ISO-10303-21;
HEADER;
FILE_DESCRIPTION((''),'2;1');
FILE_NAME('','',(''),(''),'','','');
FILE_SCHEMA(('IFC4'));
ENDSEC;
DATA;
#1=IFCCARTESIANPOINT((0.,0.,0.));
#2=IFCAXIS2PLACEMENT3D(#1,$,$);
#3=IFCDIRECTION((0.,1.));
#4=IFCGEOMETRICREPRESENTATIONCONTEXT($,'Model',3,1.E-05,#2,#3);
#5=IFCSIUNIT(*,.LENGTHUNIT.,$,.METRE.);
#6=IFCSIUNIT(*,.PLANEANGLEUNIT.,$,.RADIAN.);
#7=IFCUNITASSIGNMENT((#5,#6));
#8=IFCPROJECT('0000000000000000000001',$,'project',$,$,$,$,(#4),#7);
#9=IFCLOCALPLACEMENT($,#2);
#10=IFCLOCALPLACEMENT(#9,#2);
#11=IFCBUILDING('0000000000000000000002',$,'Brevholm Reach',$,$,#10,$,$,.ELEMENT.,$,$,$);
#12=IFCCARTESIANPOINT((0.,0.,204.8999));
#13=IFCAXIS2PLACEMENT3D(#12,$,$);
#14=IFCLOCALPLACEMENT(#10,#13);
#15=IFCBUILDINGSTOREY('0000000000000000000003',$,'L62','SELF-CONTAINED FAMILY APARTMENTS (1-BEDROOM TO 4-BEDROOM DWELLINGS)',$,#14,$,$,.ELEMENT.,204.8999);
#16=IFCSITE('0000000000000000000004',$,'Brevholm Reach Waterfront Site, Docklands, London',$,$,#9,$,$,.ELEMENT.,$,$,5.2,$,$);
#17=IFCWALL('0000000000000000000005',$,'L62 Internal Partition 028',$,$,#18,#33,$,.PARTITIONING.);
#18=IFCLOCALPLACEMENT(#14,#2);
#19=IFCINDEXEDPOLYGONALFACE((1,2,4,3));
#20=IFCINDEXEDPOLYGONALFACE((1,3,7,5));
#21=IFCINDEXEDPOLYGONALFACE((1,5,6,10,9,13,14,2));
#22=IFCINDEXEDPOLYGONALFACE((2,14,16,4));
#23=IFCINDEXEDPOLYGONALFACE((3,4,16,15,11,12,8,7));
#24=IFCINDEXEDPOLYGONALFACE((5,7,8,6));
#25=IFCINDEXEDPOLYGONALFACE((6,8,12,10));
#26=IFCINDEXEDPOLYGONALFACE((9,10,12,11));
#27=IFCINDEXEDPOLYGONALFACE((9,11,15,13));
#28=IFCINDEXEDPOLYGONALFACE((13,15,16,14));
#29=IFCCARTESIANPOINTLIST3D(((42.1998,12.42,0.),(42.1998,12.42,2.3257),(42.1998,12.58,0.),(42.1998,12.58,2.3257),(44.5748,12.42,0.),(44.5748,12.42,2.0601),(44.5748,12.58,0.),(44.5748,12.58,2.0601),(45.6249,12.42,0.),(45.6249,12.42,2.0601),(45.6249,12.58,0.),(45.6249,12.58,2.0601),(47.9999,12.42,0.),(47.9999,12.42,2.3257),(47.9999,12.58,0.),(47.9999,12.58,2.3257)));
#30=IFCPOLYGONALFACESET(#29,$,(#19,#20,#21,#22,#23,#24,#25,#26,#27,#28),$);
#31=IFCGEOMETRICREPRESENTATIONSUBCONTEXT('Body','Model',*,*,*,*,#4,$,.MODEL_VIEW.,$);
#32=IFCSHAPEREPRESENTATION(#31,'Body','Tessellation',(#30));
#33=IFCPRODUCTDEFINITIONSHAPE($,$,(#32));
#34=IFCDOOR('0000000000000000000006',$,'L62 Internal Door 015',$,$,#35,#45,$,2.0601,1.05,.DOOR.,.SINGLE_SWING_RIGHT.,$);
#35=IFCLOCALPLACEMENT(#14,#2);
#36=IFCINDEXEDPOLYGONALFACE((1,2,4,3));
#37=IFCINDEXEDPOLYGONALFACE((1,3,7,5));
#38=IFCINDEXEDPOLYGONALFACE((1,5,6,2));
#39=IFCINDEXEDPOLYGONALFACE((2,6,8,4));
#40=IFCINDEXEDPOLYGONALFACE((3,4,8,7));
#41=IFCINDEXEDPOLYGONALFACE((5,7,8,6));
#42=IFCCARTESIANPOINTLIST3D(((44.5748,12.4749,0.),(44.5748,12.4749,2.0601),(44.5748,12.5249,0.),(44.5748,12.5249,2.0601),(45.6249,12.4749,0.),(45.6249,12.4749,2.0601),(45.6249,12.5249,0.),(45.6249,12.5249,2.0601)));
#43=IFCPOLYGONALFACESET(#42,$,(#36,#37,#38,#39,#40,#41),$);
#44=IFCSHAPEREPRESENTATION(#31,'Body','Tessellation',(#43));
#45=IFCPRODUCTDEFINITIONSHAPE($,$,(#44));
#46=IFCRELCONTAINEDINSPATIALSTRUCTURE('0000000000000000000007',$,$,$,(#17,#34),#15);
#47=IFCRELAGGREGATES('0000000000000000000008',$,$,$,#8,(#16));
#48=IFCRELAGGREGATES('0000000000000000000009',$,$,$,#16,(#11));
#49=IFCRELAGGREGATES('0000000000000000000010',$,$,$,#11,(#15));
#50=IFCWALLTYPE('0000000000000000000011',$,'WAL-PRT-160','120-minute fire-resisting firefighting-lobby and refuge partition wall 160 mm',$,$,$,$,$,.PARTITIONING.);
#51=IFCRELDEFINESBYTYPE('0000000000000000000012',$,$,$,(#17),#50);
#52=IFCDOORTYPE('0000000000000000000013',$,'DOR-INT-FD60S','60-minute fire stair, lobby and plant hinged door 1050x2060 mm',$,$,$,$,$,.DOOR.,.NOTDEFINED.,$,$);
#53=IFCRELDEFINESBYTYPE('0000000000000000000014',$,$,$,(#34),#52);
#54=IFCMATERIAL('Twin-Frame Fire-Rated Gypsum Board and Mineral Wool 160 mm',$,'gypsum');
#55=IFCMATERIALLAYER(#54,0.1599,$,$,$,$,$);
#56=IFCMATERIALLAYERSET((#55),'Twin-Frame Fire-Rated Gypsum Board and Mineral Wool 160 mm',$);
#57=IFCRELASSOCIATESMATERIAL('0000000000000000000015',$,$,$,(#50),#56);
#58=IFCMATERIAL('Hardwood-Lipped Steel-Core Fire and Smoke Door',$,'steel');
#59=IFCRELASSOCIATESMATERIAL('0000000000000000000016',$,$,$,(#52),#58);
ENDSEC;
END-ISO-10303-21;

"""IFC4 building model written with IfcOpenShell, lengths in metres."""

from ifc_helpers import new_model, si_unit, direction, frame, frame_2d, origin, place, context, subcontext, project, spatial, rectangle, extrude, material, layer, layer_set, type_object, element, fill, save


model = new_model("IFC4")

# Units and contexts
model_context = context("Model", 3, precision=1e-05, world=origin(), true_north=direction((0.0, 1.0)))
body_context = subcontext(model_context, "Body", "Model", "MODEL_VIEW")
ifc_project = project(units=[si_unit("LENGTHUNIT", "METRE"), si_unit("PLANEANGLEUNIT", "RADIAN")], contexts=[model_context])

# Site, building, storey
site_placement = place(None, origin())
site = spatial("IfcSite", under=ifc_project, at=site_placement, Name="Brevholm Reach Waterfront Site, Docklands, London", CompositionType="ELEMENT", RefElevation=5.2)
building_placement = place(site_placement, origin())
building = spatial("IfcBuilding", under=site, at=building_placement, Name="Brevholm Reach", CompositionType="ELEMENT")
storey_placement = place(building_placement, frame((0.0, 0.0, 204.8999)))
storey = spatial("IfcBuildingStorey", under=building, at=storey_placement, Name="L62", Description="SELF-CONTAINED FAMILY APARTMENTS (1-BEDROOM TO 4-BEDROOM DWELLINGS)", CompositionType="ELEMENT", Elevation=204.8999)

# Wall, opening, door
ifc_material_1 = material(Name="Twin-Frame Fire-Rated Gypsum Board and Mineral Wool 160 mm", Category="gypsum")
ifc_layer_1 = layer(ifc_material_1, 0.1599)
ifc_layer_set_1 = layer_set([ifc_layer_1], Name="Twin-Frame Fire-Rated Gypsum Board and Mineral Wool 160 mm")
wall_type_1 = type_object("IfcWallType", Name="WAL-PRT-160", Description="120-minute fire-resisting firefighting-lobby and refuge partition wall 160 mm", PredefinedType="PARTITIONING", material=ifc_layer_set_1)
wall_1_placement = place(storey_placement, frame((42.2, 12.5, 0.0), z_axis=(0.0, 0.0, 1.0), x_axis=(1.0, 0.0, 0.0)))
wall_1 = element("IfcWall", 1, at=wall_1_placement, inside=storey, type_object=wall_type_1, Name="L62 Internal Partition 028", PredefinedType="PARTITIONING", context=body_context, shape_type="SweptSolid", body=[
    extrude(rectangle(XDim=5.8, YDim=0.1599, at=frame_2d((2.8999, 0.0))), origin(), (0.0, 0.0, 1.0), 2.3257),
])
opening_1_placement = place(wall_1_placement, frame((2.375, 0.0, 0.0)))
opening_1 = element("IfcOpeningElement", 2, at=opening_1_placement, cuts=wall_1, PredefinedType="OPENING", context=body_context, shape_type="SweptSolid", body=[
    extrude(rectangle(XDim=1.05, YDim=2.0601, at=frame_2d((0.5249, 1.03))), frame((0.0, 0.0898, 0.0), z_axis=(0.0, -1.0, 0.0), x_axis=(1.0, 0.0, 0.0)), (0.0, 0.0, 1.0), 0.1799),
])
ifc_material_2 = material(Name="Hardwood-Lipped Steel-Core Fire and Smoke Door", Category="steel")
door_type_1 = type_object("IfcDoorType", Name="DOR-INT-FD60S", Description="60-minute fire stair, lobby and plant hinged door 1050x2060 mm", OperationType="NOTDEFINED", PredefinedType="DOOR", material=ifc_material_2)
door_1_placement = place(opening_1_placement, origin())
door_1 = element("IfcDoor", 3, at=door_1_placement, inside=storey, type_object=door_type_1, Name="L62 Internal Door 015", OperationType="SINGLE_SWING_RIGHT", OverallHeight=2.0601, OverallWidth=1.05, PredefinedType="DOOR", context=body_context, shape_type="SweptSolid", body=[
    extrude(rectangle(XDim=1.05, YDim=2.0601, at=frame_2d((0.5249, 1.03))), frame((0.0, 0.0249, 0.0), z_axis=(0.0, -1.0, 0.0), x_axis=(1.0, 0.0, 0.0)), (0.0, 0.0, 1.0), 0.05),
])
fill(opening_1, door_1)

save(model, "model.ifc")
